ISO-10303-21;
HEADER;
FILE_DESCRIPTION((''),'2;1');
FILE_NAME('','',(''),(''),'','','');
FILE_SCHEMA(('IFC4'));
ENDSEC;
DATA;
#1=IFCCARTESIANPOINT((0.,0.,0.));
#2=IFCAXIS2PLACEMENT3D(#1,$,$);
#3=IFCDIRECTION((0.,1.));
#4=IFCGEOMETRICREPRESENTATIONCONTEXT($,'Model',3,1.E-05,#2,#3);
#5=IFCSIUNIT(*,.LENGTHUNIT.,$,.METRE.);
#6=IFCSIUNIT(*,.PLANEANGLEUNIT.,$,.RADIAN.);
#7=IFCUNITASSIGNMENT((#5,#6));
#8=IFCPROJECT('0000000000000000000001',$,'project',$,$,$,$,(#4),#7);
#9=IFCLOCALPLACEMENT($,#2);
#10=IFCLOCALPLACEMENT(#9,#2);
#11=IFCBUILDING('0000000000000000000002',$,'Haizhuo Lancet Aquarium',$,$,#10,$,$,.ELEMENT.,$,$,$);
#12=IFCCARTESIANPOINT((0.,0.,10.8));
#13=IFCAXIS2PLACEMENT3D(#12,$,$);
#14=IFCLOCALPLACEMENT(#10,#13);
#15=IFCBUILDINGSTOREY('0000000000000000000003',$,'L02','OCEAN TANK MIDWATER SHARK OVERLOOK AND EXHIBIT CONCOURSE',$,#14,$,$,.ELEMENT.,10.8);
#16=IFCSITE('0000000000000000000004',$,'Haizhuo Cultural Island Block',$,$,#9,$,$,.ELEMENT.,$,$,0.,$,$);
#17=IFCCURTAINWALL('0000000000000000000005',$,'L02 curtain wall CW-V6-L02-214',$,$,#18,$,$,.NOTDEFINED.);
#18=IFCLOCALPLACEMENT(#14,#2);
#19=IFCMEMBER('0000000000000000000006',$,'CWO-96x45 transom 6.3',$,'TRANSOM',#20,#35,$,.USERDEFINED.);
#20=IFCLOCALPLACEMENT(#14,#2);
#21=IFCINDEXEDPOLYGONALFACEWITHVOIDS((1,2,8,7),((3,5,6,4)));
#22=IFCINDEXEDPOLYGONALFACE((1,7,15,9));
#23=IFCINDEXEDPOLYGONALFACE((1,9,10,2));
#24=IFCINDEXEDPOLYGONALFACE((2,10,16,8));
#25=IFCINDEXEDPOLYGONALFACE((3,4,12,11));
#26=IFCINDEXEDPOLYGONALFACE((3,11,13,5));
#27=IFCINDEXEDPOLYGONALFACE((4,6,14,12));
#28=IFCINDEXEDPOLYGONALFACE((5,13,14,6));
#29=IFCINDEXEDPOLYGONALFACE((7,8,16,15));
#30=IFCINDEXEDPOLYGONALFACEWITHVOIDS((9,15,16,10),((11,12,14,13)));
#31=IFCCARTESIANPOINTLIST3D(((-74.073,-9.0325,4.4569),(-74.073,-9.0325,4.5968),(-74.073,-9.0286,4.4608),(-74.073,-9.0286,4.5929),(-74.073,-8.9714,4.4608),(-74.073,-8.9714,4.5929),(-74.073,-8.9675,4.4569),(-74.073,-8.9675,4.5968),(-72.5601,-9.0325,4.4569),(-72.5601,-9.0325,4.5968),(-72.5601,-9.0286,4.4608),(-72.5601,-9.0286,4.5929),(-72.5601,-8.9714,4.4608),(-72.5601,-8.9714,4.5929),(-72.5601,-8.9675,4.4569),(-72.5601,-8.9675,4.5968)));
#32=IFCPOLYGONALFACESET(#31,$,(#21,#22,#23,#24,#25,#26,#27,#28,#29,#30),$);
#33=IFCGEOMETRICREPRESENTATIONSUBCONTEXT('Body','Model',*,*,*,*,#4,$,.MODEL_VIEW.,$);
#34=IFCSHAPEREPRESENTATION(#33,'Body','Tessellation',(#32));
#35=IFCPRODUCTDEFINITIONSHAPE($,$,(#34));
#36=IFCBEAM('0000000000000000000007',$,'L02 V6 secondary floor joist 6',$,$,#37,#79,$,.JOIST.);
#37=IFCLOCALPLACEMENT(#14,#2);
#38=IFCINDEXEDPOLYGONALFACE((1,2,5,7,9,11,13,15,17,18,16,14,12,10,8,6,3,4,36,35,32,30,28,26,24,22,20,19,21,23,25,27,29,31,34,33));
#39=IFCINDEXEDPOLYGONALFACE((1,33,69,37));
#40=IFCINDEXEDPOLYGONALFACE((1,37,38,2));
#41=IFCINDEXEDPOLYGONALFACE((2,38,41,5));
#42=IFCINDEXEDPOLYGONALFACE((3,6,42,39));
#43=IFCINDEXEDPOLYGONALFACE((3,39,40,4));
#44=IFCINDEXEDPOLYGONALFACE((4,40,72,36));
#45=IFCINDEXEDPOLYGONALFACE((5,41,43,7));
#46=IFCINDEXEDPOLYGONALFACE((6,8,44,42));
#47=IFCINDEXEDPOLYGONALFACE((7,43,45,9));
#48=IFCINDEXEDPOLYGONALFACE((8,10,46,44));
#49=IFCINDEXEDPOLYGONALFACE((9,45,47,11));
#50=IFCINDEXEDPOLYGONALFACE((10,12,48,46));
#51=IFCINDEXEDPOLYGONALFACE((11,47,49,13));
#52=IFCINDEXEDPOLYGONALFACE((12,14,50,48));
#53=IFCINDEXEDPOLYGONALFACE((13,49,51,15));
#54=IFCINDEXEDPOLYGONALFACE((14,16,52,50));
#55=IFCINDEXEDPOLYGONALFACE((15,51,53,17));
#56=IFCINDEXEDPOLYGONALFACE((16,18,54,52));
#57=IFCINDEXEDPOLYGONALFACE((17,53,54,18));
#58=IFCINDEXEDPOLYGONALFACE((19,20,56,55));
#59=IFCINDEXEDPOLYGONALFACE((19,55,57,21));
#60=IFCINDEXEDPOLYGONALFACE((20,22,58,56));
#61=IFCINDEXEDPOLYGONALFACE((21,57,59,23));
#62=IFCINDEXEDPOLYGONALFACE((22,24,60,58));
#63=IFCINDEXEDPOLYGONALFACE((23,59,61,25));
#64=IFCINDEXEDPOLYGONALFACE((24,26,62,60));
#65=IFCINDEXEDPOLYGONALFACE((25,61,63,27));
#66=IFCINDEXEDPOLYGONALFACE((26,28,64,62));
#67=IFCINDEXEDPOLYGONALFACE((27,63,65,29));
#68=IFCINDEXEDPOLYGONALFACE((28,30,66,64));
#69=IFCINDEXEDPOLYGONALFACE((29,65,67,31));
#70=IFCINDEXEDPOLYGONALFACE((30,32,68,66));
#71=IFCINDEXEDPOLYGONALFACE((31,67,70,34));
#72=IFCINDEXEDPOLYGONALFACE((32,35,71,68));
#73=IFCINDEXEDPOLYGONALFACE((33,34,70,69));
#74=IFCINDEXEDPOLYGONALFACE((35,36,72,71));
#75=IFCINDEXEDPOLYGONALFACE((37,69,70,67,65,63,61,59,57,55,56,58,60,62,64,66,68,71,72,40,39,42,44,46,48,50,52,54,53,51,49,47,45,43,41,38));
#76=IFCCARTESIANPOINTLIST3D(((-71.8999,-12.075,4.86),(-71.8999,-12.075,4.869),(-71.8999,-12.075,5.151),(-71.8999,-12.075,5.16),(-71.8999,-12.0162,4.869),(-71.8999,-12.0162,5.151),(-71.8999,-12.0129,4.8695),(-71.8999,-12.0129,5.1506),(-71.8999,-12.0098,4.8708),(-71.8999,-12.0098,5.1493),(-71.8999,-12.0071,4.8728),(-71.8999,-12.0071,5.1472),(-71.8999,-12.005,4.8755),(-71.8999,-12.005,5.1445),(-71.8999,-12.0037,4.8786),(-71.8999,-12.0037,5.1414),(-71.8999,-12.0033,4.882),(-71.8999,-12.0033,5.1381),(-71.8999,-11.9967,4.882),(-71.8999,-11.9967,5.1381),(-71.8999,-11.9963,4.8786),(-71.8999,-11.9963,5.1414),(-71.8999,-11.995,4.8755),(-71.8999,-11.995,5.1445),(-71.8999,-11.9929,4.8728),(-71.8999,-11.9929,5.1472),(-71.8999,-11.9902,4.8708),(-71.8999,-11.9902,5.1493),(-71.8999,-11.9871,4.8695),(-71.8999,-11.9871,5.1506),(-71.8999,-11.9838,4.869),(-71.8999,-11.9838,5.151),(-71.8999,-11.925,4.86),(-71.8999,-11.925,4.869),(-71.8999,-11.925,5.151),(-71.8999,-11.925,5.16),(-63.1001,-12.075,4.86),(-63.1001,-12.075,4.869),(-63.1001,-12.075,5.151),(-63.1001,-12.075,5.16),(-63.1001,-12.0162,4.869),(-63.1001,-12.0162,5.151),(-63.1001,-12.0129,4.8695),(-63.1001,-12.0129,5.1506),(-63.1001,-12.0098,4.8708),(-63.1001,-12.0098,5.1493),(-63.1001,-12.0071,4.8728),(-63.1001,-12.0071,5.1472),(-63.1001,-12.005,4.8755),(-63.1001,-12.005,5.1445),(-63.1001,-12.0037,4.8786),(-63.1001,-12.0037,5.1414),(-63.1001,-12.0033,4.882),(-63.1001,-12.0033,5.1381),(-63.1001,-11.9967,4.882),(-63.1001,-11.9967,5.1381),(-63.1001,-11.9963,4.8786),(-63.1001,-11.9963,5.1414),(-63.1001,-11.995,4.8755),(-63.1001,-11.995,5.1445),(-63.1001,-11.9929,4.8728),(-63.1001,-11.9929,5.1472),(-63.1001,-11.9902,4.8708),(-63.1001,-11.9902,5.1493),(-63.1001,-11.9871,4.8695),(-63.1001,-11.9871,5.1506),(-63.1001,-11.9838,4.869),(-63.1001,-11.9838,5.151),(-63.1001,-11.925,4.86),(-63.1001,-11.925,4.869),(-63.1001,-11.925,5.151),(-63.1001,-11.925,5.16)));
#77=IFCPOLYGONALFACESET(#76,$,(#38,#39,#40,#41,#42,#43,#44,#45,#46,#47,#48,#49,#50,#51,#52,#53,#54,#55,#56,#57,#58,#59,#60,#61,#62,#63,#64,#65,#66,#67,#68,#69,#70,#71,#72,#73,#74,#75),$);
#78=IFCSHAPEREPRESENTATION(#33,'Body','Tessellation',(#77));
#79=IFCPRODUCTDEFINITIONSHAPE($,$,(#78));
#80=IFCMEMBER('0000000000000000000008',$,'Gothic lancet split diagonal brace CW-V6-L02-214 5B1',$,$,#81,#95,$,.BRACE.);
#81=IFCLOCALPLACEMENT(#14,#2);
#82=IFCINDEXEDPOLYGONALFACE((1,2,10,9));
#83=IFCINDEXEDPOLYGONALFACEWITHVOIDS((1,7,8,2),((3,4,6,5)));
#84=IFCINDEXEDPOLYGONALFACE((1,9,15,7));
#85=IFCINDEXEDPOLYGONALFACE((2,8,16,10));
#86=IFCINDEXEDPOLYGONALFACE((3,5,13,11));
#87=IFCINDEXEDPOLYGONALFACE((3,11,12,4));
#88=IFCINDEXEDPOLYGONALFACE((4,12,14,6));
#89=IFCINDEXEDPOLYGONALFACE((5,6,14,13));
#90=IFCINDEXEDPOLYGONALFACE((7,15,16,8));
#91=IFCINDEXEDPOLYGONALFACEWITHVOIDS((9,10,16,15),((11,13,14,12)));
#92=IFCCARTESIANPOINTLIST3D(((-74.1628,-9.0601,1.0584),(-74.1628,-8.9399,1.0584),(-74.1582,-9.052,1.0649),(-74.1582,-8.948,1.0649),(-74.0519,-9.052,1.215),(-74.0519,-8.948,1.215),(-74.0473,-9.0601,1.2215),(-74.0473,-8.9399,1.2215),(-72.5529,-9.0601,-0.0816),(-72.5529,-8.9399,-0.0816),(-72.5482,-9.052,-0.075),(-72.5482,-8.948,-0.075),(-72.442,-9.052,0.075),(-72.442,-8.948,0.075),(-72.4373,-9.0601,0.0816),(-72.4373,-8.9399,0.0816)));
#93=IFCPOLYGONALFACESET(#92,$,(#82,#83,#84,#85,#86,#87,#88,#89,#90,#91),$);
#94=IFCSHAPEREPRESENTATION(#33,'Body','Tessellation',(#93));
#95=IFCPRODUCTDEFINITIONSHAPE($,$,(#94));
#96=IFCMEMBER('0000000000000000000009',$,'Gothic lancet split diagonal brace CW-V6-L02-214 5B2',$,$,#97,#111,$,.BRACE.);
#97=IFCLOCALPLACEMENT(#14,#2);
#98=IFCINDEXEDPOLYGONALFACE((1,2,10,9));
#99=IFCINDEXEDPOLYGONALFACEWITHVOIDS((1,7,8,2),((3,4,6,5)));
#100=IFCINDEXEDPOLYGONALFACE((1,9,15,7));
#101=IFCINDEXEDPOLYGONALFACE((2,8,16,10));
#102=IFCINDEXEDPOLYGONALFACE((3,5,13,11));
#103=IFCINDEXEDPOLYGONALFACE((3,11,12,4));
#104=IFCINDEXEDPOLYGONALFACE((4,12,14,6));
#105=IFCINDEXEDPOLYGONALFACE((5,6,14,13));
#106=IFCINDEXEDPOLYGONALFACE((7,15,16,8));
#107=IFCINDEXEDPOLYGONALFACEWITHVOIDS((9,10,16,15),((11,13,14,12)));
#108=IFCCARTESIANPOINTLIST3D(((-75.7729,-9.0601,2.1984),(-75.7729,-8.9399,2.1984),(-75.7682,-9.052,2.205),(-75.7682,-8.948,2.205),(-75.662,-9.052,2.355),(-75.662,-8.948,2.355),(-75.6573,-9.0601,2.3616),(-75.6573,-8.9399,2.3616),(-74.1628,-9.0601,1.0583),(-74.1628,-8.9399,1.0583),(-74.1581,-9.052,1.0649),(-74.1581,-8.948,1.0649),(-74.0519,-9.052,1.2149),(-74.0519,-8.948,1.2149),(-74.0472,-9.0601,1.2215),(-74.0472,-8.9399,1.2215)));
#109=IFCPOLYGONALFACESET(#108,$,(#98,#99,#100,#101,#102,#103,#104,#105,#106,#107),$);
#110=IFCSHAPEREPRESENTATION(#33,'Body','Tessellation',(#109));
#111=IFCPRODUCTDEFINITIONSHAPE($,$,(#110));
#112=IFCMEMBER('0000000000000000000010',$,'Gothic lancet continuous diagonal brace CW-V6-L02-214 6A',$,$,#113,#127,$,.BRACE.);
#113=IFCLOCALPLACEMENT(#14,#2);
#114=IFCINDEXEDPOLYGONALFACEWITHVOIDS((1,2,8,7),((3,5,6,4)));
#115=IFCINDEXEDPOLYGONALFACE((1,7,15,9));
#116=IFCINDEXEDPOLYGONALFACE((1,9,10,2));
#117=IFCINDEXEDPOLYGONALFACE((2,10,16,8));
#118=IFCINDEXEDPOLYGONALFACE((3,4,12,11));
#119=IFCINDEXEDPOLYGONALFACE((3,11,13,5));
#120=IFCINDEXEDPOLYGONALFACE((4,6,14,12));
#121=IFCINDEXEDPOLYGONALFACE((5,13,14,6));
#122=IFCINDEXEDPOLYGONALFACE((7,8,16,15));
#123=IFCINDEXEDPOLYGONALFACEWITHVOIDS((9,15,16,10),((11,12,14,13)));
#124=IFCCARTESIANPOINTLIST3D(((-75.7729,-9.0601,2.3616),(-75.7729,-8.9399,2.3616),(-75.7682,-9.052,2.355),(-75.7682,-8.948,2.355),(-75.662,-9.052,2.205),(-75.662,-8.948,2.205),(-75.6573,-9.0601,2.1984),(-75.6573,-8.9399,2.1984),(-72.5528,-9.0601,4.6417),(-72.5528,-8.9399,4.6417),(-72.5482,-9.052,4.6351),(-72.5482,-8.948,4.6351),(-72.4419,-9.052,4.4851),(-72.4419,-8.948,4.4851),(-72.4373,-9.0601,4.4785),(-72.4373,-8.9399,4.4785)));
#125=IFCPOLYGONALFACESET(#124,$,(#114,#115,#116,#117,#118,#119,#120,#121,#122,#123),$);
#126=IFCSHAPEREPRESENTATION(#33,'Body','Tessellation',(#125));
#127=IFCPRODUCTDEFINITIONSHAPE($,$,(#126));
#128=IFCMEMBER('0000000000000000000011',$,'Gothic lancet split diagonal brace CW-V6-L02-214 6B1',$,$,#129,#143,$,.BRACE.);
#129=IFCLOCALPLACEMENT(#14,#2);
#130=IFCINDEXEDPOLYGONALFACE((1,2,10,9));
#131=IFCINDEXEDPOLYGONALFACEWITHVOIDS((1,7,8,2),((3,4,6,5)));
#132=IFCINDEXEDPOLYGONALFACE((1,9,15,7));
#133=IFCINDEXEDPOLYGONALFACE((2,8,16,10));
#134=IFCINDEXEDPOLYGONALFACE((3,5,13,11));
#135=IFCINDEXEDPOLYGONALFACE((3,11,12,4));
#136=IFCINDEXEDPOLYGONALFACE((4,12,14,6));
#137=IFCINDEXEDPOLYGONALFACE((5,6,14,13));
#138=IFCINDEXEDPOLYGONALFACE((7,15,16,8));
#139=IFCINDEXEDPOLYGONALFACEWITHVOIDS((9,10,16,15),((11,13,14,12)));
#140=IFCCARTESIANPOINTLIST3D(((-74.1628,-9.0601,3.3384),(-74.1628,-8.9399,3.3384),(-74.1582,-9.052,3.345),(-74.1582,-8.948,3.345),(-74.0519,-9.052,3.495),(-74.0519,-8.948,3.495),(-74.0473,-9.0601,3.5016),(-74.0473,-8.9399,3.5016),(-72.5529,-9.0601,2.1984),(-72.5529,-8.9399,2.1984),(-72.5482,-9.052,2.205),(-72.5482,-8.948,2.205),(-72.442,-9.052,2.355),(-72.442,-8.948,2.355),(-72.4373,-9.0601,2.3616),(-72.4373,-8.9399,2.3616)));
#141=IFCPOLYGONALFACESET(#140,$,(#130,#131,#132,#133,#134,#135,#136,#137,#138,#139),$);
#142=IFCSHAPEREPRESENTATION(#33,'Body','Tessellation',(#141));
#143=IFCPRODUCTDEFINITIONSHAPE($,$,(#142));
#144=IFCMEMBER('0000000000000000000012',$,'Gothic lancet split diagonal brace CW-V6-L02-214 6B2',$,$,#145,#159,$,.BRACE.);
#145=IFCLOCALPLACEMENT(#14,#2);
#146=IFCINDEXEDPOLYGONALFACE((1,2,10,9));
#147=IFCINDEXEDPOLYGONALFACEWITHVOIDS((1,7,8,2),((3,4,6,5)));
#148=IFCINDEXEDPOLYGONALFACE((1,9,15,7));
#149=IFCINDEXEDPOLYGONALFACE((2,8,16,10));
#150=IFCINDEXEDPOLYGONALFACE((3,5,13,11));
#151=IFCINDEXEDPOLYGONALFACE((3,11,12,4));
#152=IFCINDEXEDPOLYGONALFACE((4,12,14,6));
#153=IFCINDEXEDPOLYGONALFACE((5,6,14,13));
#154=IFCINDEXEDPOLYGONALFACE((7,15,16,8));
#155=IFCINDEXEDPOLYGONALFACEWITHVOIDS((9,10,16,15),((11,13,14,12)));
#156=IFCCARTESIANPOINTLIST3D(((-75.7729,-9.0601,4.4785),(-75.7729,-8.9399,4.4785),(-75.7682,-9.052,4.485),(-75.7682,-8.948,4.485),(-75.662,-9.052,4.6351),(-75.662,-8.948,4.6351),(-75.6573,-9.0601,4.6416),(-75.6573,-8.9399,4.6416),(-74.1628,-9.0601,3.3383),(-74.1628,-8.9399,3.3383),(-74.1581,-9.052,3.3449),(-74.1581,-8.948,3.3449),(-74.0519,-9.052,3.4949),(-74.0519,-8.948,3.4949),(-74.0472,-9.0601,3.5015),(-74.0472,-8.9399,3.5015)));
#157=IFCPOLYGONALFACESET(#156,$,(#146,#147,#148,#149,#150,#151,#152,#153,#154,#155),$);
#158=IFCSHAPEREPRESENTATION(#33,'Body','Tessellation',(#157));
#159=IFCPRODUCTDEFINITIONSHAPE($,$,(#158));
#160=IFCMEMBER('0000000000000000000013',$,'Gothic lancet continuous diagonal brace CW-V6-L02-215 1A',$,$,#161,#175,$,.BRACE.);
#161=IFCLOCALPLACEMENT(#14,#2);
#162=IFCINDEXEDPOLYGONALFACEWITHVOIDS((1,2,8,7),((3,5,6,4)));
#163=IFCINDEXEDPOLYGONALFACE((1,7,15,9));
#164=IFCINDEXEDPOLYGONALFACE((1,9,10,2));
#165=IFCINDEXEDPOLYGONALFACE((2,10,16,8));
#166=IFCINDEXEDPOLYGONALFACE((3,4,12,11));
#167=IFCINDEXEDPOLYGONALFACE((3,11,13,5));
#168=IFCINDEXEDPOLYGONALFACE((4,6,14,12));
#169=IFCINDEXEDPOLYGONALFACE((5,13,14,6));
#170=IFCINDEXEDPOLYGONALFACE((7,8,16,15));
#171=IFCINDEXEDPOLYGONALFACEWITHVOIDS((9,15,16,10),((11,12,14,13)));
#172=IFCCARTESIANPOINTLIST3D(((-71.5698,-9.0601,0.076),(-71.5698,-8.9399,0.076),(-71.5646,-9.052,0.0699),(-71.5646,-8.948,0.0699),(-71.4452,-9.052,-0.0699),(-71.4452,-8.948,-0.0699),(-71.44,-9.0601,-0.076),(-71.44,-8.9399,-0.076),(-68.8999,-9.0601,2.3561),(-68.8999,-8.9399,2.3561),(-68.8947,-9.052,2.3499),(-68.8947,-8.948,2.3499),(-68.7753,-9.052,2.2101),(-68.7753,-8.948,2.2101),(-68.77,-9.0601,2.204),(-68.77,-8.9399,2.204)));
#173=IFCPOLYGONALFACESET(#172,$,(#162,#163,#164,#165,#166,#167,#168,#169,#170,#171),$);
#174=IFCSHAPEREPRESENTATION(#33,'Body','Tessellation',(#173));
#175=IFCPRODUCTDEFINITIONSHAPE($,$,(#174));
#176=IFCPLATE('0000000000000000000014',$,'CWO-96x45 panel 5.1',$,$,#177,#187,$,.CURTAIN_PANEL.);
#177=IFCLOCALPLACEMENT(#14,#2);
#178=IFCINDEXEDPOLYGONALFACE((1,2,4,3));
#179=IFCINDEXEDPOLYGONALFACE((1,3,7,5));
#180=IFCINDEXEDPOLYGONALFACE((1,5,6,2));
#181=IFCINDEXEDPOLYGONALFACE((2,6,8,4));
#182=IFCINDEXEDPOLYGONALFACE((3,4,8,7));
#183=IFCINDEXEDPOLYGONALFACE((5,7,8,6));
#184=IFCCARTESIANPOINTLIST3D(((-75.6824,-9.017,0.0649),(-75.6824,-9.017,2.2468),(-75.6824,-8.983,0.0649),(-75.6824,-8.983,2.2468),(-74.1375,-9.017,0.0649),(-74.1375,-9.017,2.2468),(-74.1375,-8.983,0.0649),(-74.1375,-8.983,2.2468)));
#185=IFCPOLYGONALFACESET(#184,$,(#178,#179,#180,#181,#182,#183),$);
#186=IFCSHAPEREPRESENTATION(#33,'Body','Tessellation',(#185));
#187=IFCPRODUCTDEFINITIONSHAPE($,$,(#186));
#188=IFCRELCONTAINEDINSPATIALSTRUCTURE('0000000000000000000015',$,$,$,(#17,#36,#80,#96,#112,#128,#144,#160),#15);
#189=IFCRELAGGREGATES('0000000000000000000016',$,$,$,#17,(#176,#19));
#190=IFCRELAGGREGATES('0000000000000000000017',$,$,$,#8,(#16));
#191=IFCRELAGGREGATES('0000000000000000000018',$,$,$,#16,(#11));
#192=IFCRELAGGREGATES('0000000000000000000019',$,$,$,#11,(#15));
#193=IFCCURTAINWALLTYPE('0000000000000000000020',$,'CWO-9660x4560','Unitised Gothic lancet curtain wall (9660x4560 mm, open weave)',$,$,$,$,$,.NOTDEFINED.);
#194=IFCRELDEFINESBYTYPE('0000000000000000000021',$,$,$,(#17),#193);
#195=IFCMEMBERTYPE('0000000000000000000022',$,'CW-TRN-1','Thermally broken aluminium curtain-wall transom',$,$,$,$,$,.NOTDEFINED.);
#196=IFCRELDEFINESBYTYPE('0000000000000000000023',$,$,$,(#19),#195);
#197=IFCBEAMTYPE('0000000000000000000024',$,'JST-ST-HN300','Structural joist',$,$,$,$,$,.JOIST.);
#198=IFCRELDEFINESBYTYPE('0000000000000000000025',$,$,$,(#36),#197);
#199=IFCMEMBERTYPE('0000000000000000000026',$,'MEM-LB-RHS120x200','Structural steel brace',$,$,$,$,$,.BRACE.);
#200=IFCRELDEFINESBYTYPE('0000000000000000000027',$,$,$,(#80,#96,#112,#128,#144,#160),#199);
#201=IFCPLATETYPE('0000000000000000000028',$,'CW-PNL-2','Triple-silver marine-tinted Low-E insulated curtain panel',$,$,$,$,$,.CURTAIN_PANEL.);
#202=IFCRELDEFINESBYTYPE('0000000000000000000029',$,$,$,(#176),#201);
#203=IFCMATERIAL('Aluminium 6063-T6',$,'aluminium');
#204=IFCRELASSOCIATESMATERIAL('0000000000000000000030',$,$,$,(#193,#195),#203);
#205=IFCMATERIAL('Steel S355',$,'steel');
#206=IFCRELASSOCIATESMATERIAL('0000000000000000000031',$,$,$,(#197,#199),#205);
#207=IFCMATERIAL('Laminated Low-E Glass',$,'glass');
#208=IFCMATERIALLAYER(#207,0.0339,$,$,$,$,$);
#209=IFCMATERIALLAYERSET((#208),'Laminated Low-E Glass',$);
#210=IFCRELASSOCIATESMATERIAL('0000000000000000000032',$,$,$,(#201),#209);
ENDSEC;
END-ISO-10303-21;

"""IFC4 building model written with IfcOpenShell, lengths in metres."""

from ifc_helpers import new_model, si_unit, direction, frame, origin, origin_2d, place, context, subcontext, project, spatial, rectangle, hollow_rectangle, i_section, extrude, material, layer, layer_set, material_profile, profile_set, type_object, element, aggregate, save


model = new_model("IFC4")

# Units and contexts
model_context = context("Model", 3, precision=1e-05, world=origin(), true_north=direction((0.0, 1.0)))
body_context = subcontext(model_context, "Body", "Model", "MODEL_VIEW")
ifc_project = project(units=[si_unit("LENGTHUNIT", "METRE"), si_unit("PLANEANGLEUNIT", "RADIAN")], contexts=[model_context])

# Site, building, storey
site_placement = place(None, origin())
site = spatial("IfcSite", under=ifc_project, at=site_placement, Name="Haizhuo Cultural Island Block", CompositionType="ELEMENT", RefElevation=0.0)
building_placement = place(site_placement, origin())
building = spatial("IfcBuilding", under=site, at=building_placement, Name="Haizhuo Lancet Aquarium", CompositionType="ELEMENT")
storey_placement = place(building_placement, frame((0.0, 0.0, 10.8)))
storey = spatial("IfcBuildingStorey", under=building, at=storey_placement, Name="L02", Description="OCEAN TANK MIDWATER SHARK OVERLOOK AND EXHIBIT CONCOURSE", CompositionType="ELEMENT", Elevation=10.8)

# Shared definitions
ifc_material_1 = material(Name="Steel S355", Category="steel")

# Curtain wall, member
ifc_material_2 = material(Name="Aluminium 6063-T6", Category="aluminium")
curtain_wall_type = type_object("IfcCurtainWallType", Name="CWO-9660x4560", Description="Unitised Gothic lancet curtain wall (9660x4560 mm, open weave)", PredefinedType="NOTDEFINED", material=ifc_material_2)
curtain_wall_placement = place(storey_placement, origin())
curtain_wall = element("IfcCurtainWall", 1, at=curtain_wall_placement, inside=storey, type_object=curtain_wall_type, Name="L02 curtain wall CW-V6-L02-214", PredefinedType="NOTDEFINED")
ifc_material_profile_1 = material_profile(ifc_material_2, hollow_rectangle(XDim=0.0649, YDim=0.1399, WallThickness=0.0039, at=origin_2d()), Name="ALU-T 65x140x4")
ifc_profile_set_1 = profile_set([ifc_material_profile_1], Name="Aluminium 6063-T6")
member_type_1 = type_object("IfcMemberType", Name="CW-TRN-1", Description="Thermally broken aluminium curtain-wall transom", PredefinedType="NOTDEFINED", material=ifc_profile_set_1)
member_1_placement = place(storey_placement, frame((-74.073, -9.0, 4.5269), z_axis=(1.0, 0.0, 0.0), x_axis=(0.0, 1.0, 0.0)))
member_1 = element("IfcMember", 2, at=member_1_placement, type_object=member_type_1, Name="CWO-96x45 transom 6.3", ObjectType="TRANSOM", PredefinedType="USERDEFINED", context=body_context, shape_type="SweptSolid", body=[
    extrude(hollow_rectangle(XDim=0.0649, YDim=0.1399, WallThickness=0.0039, at=origin_2d()), origin(), (0.0, 0.0, 1.0), 1.5129),
])

# Beam
ifc_material_profile_2 = material_profile(ifc_material_1, i_section(OverallWidth=0.1499, OverallDepth=0.3, WebThickness=0.0066, FlangeThickness=0.009, FilletRadius=0.0129, at=origin_2d()), Name="HN 300x150x6.5x9")
ifc_profile_set_2 = profile_set([ifc_material_profile_2], Name="Steel S355")
beam_type_1 = type_object("IfcBeamType", Name="JST-ST-HN300", Description="Structural joist", PredefinedType="JOIST", material=ifc_profile_set_2)
beam_1_placement = place(storey_placement, frame((-71.8999, -12.0, 5.01), z_axis=(1.0, 0.0, 0.0), x_axis=(0.0, 1.0, 0.0)))
element("IfcBeam", 3, at=beam_1_placement, inside=storey, type_object=beam_type_1, Name="L02 V6 secondary floor joist 6", PredefinedType="JOIST", context=body_context, shape_type="SweptSolid", body=[
    extrude(i_section(OverallWidth=0.1499, OverallDepth=0.3, WebThickness=0.0066, FlangeThickness=0.009, FilletRadius=0.0129, at=origin_2d()), origin(), (0.0, 0.0, 1.0), 8.7998),
])

# Members
ifc_material_profile_3 = material_profile(ifc_material_1, hollow_rectangle(XDim=0.1201, YDim=0.2, WallThickness=0.0081, at=origin_2d()), Name="RHS 120x200x8")
ifc_profile_set_3 = profile_set([ifc_material_profile_3], Name="Steel S355")
member_type_2 = type_object("IfcMemberType", Name="MEM-LB-RHS120x200", Description="Structural steel brace", PredefinedType="BRACE", material=ifc_profile_set_3)
member_2_placement = place(storey_placement, frame((-72.4951, -9.0, 0.0), z_axis=(-0.816127, 0.0, 0.577873), x_axis=(0.0, -1.0, 0.0)))
element("IfcMember", 4, at=member_2_placement, inside=storey, type_object=member_type_2, Name="Gothic lancet split diagonal brace CW-V6-L02-214 5B1", PredefinedType="BRACE", context=body_context, shape_type="SweptSolid", body=[
    extrude(hollow_rectangle(XDim=0.1201, YDim=0.2, WallThickness=0.0081, at=origin_2d()), origin(), (0.0, 0.0, 1.0), 1.9727),
])
member_3_placement = place(storey_placement, frame((-74.105, -9.0, 1.1399), z_axis=(-0.81611, 0.0, 0.577897), x_axis=(0.0, -1.0, 0.0)))
element("IfcMember", 5, at=member_3_placement, inside=storey, type_object=member_type_2, Name="Gothic lancet split diagonal brace CW-V6-L02-214 5B2", PredefinedType="BRACE", context=body_context, shape_type="SweptSolid", body=[
    extrude(hollow_rectangle(XDim=0.1201, YDim=0.2, WallThickness=0.0081, at=origin_2d()), origin(), (0.0, 0.0, 1.0), 1.9729),
])
member_4_placement = place(storey_placement, frame((-75.7151, -9.0, 2.28), z_axis=(0.816118, 0.0, 0.577885), x_axis=(0.0, 1.0, 0.0)))
element("IfcMember", 6, at=member_4_placement, inside=storey, type_object=member_type_2, Name="Gothic lancet continuous diagonal brace CW-V6-L02-214 6A", PredefinedType="BRACE", context=body_context, shape_type="SweptSolid", body=[
    extrude(hollow_rectangle(XDim=0.1201, YDim=0.2, WallThickness=0.0081, at=origin_2d()), origin(), (0.0, 0.0, 1.0), 3.9456),
])
member_5_placement = place(storey_placement, frame((-72.4951, -9.0, 2.28), z_axis=(-0.816127, 0.0, 0.577873), x_axis=(0.0, -1.0, 0.0)))
element("IfcMember", 7, at=member_5_placement, inside=storey, type_object=member_type_2, Name="Gothic lancet split diagonal brace CW-V6-L02-214 6B1", PredefinedType="BRACE", context=body_context, shape_type="SweptSolid", body=[
    extrude(hollow_rectangle(XDim=0.1201, YDim=0.2, WallThickness=0.0081, at=origin_2d()), origin(), (0.0, 0.0, 1.0), 1.9727),
])
member_6_placement = place(storey_placement, frame((-74.105, -9.0, 3.4199), z_axis=(-0.81611, 0.0, 0.577897), x_axis=(0.0, -1.0, 0.0)))
element("IfcMember", 8, at=member_6_placement, inside=storey, type_object=member_type_2, Name="Gothic lancet split diagonal brace CW-V6-L02-214 6B2", PredefinedType="BRACE", context=body_context, shape_type="SweptSolid", body=[
    extrude(hollow_rectangle(XDim=0.1201, YDim=0.2, WallThickness=0.0081, at=origin_2d()), origin(), (0.0, 0.0, 1.0), 1.9729),
])
member_7_placement = place(storey_placement, frame((-71.5049, -9.0, 0.0), z_axis=(0.760448, 0.0, 0.649399), x_axis=(0.0, 1.0, 0.0)))
element("IfcMember", 9, at=member_7_placement, inside=storey, type_object=member_type_2, Name="Gothic lancet continuous diagonal brace CW-V6-L02-215 1A", PredefinedType="BRACE", context=body_context, shape_type="SweptSolid", body=[
    extrude(hollow_rectangle(XDim=0.1201, YDim=0.2, WallThickness=0.0081, at=origin_2d()), origin(), (0.0, 0.0, 1.0), 3.511),
])

# Plate
ifc_material_3 = material(Name="Laminated Low-E Glass", Category="glass")
ifc_layer_1 = layer(ifc_material_3, 0.0339)
ifc_layer_set_1 = layer_set([ifc_layer_1], Name="Laminated Low-E Glass")
plate_type = type_object("IfcPlateType", Name="CW-PNL-2", Description="Triple-silver marine-tinted Low-E insulated curtain panel", PredefinedType="CURTAIN_PANEL", material=ifc_layer_set_1)
plate_1_placement = place(storey_placement, frame((-74.9099, -9.0, 0.0649), z_axis=(0.0, 0.0, 1.0), x_axis=(1.0, 0.0, 0.0)))
plate_1 = element("IfcPlate", 10, at=plate_1_placement, type_object=plate_type, Name="CWO-96x45 panel 5.1", PredefinedType="CURTAIN_PANEL", context=body_context, shape_type="SweptSolid", body=[
    extrude(rectangle(XDim=1.5449, YDim=0.0339, at=origin_2d()), origin(), (0.0, 0.0, 1.0), 2.1819),
])
aggregate(curtain_wall, [plate_1, member_1])

save(model, "model.ifc")
